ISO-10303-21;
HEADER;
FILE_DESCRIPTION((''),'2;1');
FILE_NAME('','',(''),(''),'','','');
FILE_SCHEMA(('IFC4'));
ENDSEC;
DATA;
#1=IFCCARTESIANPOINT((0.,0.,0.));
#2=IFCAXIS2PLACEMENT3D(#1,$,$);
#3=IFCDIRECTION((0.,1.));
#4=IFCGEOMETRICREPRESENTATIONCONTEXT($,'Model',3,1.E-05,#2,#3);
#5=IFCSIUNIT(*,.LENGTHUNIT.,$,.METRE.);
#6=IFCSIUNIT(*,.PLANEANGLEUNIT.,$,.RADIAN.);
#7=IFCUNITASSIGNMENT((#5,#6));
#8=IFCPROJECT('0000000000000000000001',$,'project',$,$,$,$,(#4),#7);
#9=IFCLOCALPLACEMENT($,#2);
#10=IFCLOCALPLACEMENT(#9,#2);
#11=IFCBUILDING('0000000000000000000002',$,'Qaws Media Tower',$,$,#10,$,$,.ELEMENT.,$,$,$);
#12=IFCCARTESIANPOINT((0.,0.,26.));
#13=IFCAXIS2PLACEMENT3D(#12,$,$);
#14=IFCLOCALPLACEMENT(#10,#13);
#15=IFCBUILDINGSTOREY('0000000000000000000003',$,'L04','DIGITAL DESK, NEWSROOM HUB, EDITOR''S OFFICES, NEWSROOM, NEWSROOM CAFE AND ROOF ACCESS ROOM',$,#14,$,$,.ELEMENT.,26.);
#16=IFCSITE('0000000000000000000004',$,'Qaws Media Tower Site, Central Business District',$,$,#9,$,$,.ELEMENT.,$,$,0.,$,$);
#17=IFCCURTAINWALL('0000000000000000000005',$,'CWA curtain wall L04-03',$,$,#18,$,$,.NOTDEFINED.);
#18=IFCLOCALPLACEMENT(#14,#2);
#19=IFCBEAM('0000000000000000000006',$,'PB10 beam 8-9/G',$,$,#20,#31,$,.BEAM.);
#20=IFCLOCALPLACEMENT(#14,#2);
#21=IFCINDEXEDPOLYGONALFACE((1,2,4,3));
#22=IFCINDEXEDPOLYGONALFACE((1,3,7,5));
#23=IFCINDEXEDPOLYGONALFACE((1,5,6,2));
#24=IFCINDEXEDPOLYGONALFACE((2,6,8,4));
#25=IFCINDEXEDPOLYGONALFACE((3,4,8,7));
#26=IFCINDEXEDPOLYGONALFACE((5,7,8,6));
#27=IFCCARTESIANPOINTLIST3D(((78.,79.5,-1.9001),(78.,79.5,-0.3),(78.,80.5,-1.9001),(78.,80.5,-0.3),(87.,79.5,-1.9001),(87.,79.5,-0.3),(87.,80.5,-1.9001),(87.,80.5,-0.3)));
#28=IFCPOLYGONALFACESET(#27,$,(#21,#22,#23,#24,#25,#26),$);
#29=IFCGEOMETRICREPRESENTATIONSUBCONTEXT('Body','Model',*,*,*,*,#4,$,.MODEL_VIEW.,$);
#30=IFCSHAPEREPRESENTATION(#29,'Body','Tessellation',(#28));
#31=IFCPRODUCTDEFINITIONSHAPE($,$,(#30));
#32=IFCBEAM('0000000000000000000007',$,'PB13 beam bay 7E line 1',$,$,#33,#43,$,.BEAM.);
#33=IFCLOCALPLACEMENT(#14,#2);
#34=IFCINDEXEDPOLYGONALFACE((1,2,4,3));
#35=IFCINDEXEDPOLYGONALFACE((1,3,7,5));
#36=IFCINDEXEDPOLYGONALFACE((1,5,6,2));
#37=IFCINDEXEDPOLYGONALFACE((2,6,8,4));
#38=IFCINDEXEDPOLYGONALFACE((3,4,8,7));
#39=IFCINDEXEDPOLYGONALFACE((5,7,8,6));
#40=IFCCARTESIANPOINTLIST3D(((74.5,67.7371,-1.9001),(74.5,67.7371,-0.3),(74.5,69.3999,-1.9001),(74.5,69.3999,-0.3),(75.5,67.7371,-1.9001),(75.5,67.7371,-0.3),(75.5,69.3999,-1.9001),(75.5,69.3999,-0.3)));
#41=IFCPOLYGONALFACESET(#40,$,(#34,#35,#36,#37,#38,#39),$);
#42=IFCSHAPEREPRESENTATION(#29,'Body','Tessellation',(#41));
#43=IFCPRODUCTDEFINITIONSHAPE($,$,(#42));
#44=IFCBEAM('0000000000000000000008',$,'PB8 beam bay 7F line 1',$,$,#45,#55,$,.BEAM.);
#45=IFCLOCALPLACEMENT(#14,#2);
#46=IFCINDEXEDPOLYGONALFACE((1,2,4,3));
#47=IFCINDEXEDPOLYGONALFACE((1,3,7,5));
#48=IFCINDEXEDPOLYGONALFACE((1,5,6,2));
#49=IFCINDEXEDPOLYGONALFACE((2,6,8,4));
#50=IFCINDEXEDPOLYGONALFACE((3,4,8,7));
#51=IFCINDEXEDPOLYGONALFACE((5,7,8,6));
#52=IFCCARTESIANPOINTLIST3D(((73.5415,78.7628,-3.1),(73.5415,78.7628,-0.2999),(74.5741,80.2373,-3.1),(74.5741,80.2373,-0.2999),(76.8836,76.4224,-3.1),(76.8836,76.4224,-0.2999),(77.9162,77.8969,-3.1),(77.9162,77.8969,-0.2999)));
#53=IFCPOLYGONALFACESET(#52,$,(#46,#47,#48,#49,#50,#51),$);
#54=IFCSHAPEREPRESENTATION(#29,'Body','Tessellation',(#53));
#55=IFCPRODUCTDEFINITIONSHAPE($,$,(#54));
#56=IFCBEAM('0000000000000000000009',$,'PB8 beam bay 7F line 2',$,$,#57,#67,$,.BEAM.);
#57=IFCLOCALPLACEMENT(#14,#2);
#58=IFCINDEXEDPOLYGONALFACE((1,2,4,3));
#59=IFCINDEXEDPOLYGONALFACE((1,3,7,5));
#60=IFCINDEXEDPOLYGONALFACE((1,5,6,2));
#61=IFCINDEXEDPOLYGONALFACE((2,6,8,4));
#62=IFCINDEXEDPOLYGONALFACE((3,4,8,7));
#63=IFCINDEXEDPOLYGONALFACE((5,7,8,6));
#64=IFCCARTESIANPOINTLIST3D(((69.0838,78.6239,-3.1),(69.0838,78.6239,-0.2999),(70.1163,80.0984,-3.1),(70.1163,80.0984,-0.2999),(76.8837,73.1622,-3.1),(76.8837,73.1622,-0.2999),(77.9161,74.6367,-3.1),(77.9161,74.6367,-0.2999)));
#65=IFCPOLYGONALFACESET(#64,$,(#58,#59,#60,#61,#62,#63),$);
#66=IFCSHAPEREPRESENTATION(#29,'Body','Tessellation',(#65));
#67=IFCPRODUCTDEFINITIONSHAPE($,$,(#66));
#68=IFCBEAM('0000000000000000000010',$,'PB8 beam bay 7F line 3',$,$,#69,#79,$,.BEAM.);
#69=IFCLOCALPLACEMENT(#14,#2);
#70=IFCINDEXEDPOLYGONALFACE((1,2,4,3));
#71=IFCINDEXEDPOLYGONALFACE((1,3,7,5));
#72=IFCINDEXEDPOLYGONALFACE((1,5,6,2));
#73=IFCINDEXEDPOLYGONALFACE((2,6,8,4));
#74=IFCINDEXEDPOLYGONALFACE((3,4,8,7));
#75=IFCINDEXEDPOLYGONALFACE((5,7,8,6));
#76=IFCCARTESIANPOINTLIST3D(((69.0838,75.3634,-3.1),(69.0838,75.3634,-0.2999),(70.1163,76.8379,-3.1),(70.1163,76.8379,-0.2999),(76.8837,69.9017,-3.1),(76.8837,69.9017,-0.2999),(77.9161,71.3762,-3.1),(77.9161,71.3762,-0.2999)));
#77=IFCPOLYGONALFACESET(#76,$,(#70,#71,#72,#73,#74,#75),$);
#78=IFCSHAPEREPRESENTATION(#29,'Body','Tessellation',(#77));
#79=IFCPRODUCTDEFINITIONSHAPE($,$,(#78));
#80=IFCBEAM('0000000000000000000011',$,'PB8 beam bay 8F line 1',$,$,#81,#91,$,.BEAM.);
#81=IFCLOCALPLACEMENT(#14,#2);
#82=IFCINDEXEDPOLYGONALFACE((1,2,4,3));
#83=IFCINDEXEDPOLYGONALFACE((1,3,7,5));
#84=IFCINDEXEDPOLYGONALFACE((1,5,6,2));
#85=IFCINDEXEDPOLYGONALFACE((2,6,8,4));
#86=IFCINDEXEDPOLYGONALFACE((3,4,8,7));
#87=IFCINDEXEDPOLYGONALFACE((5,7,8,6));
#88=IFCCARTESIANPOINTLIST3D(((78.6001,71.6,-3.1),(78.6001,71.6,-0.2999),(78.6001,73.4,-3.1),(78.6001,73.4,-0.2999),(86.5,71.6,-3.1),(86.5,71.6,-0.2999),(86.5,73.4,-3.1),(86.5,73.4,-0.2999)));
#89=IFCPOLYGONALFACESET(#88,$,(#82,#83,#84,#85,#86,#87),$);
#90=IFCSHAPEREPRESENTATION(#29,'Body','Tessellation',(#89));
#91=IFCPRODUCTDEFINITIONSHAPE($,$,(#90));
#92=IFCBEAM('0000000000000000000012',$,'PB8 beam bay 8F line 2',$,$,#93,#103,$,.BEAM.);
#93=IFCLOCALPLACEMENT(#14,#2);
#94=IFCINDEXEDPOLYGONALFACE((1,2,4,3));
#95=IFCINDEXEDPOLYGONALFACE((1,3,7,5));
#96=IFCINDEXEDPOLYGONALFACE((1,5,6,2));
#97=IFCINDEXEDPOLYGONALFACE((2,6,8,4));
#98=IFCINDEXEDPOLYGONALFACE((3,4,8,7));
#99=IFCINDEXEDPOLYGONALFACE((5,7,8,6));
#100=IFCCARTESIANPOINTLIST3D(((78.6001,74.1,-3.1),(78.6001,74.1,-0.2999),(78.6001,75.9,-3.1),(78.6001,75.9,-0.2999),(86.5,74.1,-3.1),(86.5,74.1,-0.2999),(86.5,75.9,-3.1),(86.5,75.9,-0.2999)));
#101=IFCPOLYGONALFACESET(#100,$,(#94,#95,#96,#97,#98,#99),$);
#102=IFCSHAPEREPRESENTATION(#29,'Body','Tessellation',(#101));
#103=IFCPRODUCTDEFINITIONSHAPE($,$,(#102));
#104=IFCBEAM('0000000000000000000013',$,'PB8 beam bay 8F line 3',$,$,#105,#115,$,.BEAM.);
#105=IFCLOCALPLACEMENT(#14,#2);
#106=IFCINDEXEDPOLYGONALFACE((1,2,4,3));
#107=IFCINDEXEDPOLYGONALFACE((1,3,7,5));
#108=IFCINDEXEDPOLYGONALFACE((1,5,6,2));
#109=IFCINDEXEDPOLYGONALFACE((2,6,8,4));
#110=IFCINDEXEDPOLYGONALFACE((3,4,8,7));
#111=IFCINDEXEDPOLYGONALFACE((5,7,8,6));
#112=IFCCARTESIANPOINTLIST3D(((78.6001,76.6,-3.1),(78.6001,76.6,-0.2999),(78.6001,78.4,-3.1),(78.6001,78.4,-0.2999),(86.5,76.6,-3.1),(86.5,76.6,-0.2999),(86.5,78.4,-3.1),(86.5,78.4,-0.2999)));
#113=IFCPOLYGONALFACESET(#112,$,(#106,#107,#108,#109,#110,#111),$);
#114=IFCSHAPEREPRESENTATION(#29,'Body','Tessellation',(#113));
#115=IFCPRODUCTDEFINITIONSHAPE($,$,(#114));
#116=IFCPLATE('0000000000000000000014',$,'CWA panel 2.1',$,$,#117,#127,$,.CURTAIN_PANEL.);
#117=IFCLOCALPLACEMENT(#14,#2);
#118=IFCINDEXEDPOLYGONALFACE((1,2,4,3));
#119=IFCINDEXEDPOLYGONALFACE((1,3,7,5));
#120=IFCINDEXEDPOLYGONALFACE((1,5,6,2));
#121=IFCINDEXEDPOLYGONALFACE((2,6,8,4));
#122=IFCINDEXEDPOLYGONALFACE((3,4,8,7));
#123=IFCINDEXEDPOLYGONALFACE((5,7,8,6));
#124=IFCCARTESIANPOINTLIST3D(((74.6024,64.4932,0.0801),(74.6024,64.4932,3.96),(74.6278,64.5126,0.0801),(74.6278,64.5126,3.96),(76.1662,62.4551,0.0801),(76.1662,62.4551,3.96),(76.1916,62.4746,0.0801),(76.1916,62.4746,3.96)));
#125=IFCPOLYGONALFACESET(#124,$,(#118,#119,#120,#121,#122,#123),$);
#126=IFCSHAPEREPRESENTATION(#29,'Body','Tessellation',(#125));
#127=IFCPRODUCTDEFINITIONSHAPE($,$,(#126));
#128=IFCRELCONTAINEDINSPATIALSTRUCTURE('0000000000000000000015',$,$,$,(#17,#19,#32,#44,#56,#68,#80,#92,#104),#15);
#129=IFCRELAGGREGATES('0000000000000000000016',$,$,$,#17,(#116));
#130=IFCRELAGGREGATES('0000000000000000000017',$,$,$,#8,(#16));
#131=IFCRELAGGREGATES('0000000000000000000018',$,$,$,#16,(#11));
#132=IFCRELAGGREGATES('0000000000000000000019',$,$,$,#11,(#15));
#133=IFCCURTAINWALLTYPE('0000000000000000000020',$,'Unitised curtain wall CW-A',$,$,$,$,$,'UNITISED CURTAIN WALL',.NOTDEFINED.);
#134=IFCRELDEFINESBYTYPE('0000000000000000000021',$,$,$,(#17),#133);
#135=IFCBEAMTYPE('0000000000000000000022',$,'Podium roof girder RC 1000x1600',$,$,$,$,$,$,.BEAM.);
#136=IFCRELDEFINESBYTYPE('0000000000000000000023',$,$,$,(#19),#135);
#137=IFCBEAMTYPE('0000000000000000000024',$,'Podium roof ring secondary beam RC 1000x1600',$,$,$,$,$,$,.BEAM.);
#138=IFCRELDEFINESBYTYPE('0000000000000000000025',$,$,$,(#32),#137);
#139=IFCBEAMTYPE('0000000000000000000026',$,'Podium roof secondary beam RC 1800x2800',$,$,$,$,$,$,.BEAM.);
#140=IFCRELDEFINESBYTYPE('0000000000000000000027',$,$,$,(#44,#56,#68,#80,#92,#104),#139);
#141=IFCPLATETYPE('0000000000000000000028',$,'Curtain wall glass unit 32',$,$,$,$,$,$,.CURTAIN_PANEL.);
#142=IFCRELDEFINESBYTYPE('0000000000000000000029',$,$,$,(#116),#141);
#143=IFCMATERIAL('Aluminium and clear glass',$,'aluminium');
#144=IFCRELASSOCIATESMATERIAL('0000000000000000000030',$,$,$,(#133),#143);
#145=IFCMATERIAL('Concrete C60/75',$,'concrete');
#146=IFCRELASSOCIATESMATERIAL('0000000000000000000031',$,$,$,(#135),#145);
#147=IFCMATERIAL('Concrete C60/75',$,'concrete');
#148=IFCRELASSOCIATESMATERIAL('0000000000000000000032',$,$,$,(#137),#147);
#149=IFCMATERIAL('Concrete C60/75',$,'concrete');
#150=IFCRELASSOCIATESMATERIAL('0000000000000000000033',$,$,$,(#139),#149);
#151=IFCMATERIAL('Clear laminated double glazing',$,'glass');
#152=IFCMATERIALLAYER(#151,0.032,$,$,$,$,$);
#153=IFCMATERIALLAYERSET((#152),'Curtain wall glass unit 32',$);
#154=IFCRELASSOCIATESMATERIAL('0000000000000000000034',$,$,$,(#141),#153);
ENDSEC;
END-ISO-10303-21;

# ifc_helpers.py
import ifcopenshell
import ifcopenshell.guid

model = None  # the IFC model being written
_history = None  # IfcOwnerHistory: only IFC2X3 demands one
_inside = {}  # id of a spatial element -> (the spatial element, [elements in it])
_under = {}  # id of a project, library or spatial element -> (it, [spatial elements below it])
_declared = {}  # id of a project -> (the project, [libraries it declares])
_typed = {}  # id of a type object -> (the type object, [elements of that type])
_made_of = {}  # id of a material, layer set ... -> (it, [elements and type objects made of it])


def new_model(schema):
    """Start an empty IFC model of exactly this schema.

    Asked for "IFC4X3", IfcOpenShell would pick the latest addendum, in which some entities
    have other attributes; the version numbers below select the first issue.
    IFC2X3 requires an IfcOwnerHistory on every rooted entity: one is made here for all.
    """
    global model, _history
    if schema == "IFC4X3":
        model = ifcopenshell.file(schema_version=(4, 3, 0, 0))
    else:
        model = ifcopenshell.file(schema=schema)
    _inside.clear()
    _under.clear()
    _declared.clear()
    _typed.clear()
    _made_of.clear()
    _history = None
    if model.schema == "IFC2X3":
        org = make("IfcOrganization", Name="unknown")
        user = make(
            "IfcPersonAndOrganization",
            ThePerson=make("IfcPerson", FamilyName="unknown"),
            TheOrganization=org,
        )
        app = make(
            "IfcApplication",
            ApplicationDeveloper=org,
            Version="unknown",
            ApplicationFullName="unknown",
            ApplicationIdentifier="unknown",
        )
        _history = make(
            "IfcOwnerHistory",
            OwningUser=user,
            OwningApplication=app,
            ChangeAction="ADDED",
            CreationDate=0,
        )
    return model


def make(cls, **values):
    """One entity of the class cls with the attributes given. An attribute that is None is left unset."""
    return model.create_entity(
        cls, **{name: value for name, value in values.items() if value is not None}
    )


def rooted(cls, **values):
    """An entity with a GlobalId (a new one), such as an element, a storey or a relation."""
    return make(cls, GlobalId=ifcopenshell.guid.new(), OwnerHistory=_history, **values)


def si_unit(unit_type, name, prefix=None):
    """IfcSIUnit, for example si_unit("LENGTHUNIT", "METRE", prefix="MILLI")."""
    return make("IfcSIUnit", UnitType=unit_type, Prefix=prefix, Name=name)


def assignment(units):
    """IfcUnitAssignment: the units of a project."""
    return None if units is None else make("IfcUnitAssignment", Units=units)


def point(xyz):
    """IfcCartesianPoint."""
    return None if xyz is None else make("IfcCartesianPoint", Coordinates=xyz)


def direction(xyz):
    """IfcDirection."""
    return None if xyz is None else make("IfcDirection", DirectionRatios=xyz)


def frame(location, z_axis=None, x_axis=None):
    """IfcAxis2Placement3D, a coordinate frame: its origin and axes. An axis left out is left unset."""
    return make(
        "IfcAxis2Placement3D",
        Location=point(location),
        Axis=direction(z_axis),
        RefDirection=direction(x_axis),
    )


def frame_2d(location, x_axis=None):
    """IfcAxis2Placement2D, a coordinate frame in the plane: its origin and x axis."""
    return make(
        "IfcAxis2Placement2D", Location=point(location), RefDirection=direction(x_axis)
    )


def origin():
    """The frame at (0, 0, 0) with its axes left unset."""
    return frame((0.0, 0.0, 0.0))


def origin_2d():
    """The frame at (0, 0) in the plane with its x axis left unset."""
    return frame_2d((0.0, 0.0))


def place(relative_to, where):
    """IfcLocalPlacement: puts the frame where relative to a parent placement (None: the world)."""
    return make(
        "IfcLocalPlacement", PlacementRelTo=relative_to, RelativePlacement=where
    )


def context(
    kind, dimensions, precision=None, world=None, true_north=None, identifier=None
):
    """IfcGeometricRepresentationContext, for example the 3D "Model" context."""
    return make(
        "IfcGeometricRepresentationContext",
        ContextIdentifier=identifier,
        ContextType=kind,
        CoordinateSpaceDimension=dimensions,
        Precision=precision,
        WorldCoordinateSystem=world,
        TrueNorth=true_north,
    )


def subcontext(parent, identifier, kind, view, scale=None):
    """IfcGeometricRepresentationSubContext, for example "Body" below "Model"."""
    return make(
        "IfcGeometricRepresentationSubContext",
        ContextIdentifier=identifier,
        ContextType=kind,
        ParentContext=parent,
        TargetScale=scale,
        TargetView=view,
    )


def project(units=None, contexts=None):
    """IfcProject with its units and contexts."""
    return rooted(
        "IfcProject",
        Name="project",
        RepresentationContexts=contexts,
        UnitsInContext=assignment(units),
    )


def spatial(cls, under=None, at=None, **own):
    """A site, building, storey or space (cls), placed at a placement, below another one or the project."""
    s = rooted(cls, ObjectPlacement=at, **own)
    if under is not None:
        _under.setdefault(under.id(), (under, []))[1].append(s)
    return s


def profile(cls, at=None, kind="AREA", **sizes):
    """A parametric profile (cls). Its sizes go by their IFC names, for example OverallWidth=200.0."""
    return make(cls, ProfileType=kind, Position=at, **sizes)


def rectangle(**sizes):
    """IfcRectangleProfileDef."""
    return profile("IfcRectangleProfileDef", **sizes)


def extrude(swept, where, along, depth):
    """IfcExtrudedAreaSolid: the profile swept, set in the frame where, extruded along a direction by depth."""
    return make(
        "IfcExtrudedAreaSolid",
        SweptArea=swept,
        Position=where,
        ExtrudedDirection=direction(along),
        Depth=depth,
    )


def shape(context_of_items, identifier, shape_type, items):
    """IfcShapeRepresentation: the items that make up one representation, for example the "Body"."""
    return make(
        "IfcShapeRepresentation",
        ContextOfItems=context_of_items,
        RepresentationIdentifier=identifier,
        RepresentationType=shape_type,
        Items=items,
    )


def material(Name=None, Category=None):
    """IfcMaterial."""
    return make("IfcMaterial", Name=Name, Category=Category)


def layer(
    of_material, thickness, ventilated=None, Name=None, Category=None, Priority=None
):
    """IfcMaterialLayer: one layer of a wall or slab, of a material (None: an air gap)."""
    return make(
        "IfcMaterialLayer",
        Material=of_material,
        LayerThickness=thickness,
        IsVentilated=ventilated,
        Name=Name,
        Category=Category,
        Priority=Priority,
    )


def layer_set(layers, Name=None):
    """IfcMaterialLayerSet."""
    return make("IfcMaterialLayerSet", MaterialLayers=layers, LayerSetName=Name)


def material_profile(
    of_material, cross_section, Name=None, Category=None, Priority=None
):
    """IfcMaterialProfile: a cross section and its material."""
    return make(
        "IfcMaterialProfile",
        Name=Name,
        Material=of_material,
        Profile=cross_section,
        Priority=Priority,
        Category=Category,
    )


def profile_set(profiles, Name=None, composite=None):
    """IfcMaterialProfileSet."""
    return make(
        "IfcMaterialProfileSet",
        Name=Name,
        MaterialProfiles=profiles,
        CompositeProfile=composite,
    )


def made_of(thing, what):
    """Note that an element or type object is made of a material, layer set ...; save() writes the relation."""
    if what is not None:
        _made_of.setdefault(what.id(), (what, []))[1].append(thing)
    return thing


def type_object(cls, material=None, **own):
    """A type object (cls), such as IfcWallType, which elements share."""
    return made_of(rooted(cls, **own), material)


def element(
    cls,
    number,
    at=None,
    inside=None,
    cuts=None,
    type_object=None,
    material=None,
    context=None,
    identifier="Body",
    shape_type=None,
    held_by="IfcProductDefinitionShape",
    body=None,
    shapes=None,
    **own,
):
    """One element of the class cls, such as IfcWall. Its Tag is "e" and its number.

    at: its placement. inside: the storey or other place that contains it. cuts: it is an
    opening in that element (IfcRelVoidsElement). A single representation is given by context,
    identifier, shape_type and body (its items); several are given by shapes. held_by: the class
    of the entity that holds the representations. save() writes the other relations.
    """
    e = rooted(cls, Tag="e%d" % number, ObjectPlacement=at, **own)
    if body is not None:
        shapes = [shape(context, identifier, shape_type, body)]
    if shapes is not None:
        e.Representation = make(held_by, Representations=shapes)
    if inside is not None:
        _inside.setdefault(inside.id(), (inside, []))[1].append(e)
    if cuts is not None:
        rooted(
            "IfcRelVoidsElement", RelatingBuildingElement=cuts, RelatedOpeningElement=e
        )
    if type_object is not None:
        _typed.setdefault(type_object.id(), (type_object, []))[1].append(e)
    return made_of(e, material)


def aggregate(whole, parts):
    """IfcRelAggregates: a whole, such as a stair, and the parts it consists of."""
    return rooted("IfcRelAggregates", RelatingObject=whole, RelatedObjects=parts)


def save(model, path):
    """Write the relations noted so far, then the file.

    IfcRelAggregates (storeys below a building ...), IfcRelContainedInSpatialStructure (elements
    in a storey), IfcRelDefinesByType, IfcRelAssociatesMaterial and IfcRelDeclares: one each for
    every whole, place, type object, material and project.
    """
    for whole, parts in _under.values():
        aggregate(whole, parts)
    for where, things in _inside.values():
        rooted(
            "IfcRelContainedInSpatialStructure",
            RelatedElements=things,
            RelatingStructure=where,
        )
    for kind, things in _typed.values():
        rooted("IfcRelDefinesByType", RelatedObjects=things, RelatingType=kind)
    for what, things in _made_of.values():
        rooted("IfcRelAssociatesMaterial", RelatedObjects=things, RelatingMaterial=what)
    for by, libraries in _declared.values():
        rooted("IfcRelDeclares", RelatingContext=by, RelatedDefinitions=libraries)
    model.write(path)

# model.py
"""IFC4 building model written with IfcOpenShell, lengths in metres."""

from ifc_helpers import new_model, si_unit, direction, frame, origin, origin_2d, place, context, subcontext, project, spatial, rectangle, extrude, material, layer, layer_set, material_profile, profile_set, type_object, element, aggregate, save


model = new_model("IFC4")

# Units and contexts
model_context = context("Model", 3, precision=1e-05, world=origin(), true_north=direction((0.0, 1.0)))
body_context = subcontext(model_context, "Body", "Model", "MODEL_VIEW")
ifc_project = project(units=[si_unit("LENGTHUNIT", "METRE"), si_unit("PLANEANGLEUNIT", "RADIAN")], contexts=[model_context])

# Site, building, storey
site_placement = place(None, origin())
site = spatial("IfcSite", under=ifc_project, at=site_placement, Name="Qaws Media Tower Site, Central Business District", CompositionType="ELEMENT", RefElevation=0.0)
building_placement = place(site_placement, origin())
building = spatial("IfcBuilding", under=site, at=building_placement, Name="Qaws Media Tower", CompositionType="ELEMENT")
storey_placement = place(building_placement, frame((0.0, 0.0, 26.0)))
storey = spatial("IfcBuildingStorey", under=building, at=storey_placement, Name="L04", Description="DIGITAL DESK, NEWSROOM HUB, EDITOR'S OFFICES, NEWSROOM, NEWSROOM CAFE AND ROOF ACCESS ROOM", CompositionType="ELEMENT", Elevation=26.0)

# Curtain wall
ifc_material_1 = material(Name="Aluminium and clear glass", Category="aluminium")
curtain_wall_type = type_object("IfcCurtainWallType", Name="Unitised curtain wall CW-A", ElementType="UNITISED CURTAIN WALL", PredefinedType="NOTDEFINED", material=ifc_material_1)
curtain_wall_1_placement = place(storey_placement, origin())
curtain_wall_1 = element("IfcCurtainWall", 1, at=curtain_wall_1_placement, inside=storey, type_object=curtain_wall_type, Name="CWA curtain wall L04-03", PredefinedType="NOTDEFINED")

# Beams
ifc_material_2 = material(Name="Concrete C60/75", Category="concrete")
ifc_material_profile_1 = material_profile(ifc_material_2, rectangle(XDim=1.0, YDim=1.6001, at=origin_2d()), Name="RC 1000x1600")
ifc_profile_set_1 = profile_set([ifc_material_profile_1], Name="Concrete C60/75")
beam_type_1 = type_object("IfcBeamType", Name="Podium roof girder RC 1000x1600", PredefinedType="BEAM", material=ifc_profile_set_1)
beam_1_placement = place(storey_placement, frame((78.0, 80.0, -1.1001), z_axis=(1.0, 0.0, 0.0), x_axis=(0.0, 1.0, 0.0)))
element("IfcBeam", 2, at=beam_1_placement, inside=storey, type_object=beam_type_1, Name="PB10 beam 8-9/G", PredefinedType="BEAM", context=body_context, shape_type="SweptSolid", body=[
    extrude(rectangle(XDim=1.0, YDim=1.6001, at=origin_2d()), origin(), (0.0, 0.0, 1.0), 9.0),
])
ifc_material_3 = material(Name="Concrete C60/75", Category="concrete")
ifc_material_profile_2 = material_profile(ifc_material_3, rectangle(XDim=1.0, YDim=1.6001, at=origin_2d()), Name="RC 1000x1600")
ifc_profile_set_2 = profile_set([ifc_material_profile_2], Name="Concrete C60/75")
beam_type_2 = type_object("IfcBeamType", Name="Podium roof ring secondary beam RC 1000x1600", PredefinedType="BEAM", material=ifc_profile_set_2)
beam_2_placement = place(storey_placement, frame((75.0, 67.7371, -1.1001), z_axis=(0.0, 1.0, 0.0), x_axis=(-1.0, 0.0, 0.0)))
element("IfcBeam", 3, at=beam_2_placement, inside=storey, type_object=beam_type_2, Name="PB13 beam bay 7E line 1", PredefinedType="BEAM", context=body_context, shape_type="SweptSolid", body=[
    extrude(rectangle(XDim=1.0, YDim=1.6001, at=origin_2d()), origin(), (0.0, 0.0, 1.0), 1.6628),
])
ifc_material_4 = material(Name="Concrete C60/75", Category="concrete")
ifc_material_profile_3 = material_profile(ifc_material_4, rectangle(XDim=1.8, YDim=2.8, at=origin_2d()), Name="RC 1800x2800")
ifc_profile_set_3 = profile_set([ifc_material_profile_3], Name="Concrete C60/75")
beam_type_3 = type_object("IfcBeamType", Name="Podium roof secondary beam RC 1800x2800", PredefinedType="BEAM", material=ifc_profile_set_3)
beam_3_placement = place(storey_placement, frame((77.3999, 77.1597, -1.7), z_axis=(-0.819128, 0.573611, 0.0), x_axis=(-0.573611, -0.819128, 0.0)))
element("IfcBeam", 4, at=beam_3_placement, inside=storey, type_object=beam_type_3, Name="PB8 beam bay 7F line 1", PredefinedType="BEAM", context=body_context, shape_type="SweptSolid", body=[
    extrude(rectangle(XDim=1.8, YDim=2.8, at=origin_2d()), origin(), (0.0, 0.0, 1.0), 4.0801),
])
for number, where, z_axis, x_axis, name in (
    (5, (77.3999, 73.8994, -1.7), (-0.819143, 0.57359, 0.0), (-0.57359, -0.819143, 0.0), "PB8 beam bay 7F line 2"),
    (6, (77.3999, 70.6389, -1.7), (-0.819143, 0.57359, 0.0), (-0.57359, -0.819143, 0.0), "PB8 beam bay 7F line 3"),
):
    element("IfcBeam", number, at=place(storey_placement, frame(where, z_axis=z_axis, x_axis=x_axis)), inside=storey, type_object=beam_type_3, Name=name, PredefinedType="BEAM", context=body_context, shape_type="SweptSolid", body=[
        extrude(rectangle(XDim=1.8, YDim=2.8, at=origin_2d()), origin(), (0.0, 0.0, 1.0), 9.522),
    ])
for number, where, z_axis, x_axis, name in (
    (7, (78.6001, 72.5, -1.7), (1.0, 0.0, 0.0), (0.0, 1.0, 0.0), "PB8 beam bay 8F line 1"),
    (8, (78.6001, 75.0, -1.7), (1.0, 0.0, 0.0), (0.0, 1.0, 0.0), "PB8 beam bay 8F line 2"),
    (9, (78.6001, 77.5, -1.7), (1.0, 0.0, 0.0), (0.0, 1.0, 0.0), "PB8 beam bay 8F line 3"),
):
    element("IfcBeam", number, at=place(storey_placement, frame(where, z_axis=z_axis, x_axis=x_axis)), inside=storey, type_object=beam_type_3, Name=name, PredefinedType="BEAM", context=body_context, shape_type="SweptSolid", body=[
        extrude(rectangle(XDim=1.8, YDim=2.8, at=origin_2d()), origin(), (0.0, 0.0, 1.0), 7.8999),
    ])

# Plate
ifc_material_5 = material(Name="Clear laminated double glazing", Category="glass")
ifc_layer = layer(ifc_material_5, 0.032)
ifc_layer_set = layer_set([ifc_layer], Name="Curtain wall glass unit 32")
plate_type = type_object("IfcPlateType", Name="Curtain wall glass unit 32", PredefinedType="CURTAIN_PANEL", material=ifc_layer_set)
plate_placement = place(storey_placement, frame((75.397, 63.4839, 0.0801), z_axis=(0.0, 0.0, 1.0), x_axis=(-0.608761, 0.793353, 0.0)))
plate = element("IfcPlate", 10, at=plate_placement, type_object=plate_type, Name="CWA panel 2.1", PredefinedType="CURTAIN_PANEL", context=body_context, shape_type="SweptSolid", body=[
    extrude(rectangle(XDim=2.5688, YDim=0.032, at=origin_2d()), origin(), (0.0, 0.0, 1.0), 3.8799),
])
aggregate(curtain_wall_1, [plate])

save(model, "model.ifc")
